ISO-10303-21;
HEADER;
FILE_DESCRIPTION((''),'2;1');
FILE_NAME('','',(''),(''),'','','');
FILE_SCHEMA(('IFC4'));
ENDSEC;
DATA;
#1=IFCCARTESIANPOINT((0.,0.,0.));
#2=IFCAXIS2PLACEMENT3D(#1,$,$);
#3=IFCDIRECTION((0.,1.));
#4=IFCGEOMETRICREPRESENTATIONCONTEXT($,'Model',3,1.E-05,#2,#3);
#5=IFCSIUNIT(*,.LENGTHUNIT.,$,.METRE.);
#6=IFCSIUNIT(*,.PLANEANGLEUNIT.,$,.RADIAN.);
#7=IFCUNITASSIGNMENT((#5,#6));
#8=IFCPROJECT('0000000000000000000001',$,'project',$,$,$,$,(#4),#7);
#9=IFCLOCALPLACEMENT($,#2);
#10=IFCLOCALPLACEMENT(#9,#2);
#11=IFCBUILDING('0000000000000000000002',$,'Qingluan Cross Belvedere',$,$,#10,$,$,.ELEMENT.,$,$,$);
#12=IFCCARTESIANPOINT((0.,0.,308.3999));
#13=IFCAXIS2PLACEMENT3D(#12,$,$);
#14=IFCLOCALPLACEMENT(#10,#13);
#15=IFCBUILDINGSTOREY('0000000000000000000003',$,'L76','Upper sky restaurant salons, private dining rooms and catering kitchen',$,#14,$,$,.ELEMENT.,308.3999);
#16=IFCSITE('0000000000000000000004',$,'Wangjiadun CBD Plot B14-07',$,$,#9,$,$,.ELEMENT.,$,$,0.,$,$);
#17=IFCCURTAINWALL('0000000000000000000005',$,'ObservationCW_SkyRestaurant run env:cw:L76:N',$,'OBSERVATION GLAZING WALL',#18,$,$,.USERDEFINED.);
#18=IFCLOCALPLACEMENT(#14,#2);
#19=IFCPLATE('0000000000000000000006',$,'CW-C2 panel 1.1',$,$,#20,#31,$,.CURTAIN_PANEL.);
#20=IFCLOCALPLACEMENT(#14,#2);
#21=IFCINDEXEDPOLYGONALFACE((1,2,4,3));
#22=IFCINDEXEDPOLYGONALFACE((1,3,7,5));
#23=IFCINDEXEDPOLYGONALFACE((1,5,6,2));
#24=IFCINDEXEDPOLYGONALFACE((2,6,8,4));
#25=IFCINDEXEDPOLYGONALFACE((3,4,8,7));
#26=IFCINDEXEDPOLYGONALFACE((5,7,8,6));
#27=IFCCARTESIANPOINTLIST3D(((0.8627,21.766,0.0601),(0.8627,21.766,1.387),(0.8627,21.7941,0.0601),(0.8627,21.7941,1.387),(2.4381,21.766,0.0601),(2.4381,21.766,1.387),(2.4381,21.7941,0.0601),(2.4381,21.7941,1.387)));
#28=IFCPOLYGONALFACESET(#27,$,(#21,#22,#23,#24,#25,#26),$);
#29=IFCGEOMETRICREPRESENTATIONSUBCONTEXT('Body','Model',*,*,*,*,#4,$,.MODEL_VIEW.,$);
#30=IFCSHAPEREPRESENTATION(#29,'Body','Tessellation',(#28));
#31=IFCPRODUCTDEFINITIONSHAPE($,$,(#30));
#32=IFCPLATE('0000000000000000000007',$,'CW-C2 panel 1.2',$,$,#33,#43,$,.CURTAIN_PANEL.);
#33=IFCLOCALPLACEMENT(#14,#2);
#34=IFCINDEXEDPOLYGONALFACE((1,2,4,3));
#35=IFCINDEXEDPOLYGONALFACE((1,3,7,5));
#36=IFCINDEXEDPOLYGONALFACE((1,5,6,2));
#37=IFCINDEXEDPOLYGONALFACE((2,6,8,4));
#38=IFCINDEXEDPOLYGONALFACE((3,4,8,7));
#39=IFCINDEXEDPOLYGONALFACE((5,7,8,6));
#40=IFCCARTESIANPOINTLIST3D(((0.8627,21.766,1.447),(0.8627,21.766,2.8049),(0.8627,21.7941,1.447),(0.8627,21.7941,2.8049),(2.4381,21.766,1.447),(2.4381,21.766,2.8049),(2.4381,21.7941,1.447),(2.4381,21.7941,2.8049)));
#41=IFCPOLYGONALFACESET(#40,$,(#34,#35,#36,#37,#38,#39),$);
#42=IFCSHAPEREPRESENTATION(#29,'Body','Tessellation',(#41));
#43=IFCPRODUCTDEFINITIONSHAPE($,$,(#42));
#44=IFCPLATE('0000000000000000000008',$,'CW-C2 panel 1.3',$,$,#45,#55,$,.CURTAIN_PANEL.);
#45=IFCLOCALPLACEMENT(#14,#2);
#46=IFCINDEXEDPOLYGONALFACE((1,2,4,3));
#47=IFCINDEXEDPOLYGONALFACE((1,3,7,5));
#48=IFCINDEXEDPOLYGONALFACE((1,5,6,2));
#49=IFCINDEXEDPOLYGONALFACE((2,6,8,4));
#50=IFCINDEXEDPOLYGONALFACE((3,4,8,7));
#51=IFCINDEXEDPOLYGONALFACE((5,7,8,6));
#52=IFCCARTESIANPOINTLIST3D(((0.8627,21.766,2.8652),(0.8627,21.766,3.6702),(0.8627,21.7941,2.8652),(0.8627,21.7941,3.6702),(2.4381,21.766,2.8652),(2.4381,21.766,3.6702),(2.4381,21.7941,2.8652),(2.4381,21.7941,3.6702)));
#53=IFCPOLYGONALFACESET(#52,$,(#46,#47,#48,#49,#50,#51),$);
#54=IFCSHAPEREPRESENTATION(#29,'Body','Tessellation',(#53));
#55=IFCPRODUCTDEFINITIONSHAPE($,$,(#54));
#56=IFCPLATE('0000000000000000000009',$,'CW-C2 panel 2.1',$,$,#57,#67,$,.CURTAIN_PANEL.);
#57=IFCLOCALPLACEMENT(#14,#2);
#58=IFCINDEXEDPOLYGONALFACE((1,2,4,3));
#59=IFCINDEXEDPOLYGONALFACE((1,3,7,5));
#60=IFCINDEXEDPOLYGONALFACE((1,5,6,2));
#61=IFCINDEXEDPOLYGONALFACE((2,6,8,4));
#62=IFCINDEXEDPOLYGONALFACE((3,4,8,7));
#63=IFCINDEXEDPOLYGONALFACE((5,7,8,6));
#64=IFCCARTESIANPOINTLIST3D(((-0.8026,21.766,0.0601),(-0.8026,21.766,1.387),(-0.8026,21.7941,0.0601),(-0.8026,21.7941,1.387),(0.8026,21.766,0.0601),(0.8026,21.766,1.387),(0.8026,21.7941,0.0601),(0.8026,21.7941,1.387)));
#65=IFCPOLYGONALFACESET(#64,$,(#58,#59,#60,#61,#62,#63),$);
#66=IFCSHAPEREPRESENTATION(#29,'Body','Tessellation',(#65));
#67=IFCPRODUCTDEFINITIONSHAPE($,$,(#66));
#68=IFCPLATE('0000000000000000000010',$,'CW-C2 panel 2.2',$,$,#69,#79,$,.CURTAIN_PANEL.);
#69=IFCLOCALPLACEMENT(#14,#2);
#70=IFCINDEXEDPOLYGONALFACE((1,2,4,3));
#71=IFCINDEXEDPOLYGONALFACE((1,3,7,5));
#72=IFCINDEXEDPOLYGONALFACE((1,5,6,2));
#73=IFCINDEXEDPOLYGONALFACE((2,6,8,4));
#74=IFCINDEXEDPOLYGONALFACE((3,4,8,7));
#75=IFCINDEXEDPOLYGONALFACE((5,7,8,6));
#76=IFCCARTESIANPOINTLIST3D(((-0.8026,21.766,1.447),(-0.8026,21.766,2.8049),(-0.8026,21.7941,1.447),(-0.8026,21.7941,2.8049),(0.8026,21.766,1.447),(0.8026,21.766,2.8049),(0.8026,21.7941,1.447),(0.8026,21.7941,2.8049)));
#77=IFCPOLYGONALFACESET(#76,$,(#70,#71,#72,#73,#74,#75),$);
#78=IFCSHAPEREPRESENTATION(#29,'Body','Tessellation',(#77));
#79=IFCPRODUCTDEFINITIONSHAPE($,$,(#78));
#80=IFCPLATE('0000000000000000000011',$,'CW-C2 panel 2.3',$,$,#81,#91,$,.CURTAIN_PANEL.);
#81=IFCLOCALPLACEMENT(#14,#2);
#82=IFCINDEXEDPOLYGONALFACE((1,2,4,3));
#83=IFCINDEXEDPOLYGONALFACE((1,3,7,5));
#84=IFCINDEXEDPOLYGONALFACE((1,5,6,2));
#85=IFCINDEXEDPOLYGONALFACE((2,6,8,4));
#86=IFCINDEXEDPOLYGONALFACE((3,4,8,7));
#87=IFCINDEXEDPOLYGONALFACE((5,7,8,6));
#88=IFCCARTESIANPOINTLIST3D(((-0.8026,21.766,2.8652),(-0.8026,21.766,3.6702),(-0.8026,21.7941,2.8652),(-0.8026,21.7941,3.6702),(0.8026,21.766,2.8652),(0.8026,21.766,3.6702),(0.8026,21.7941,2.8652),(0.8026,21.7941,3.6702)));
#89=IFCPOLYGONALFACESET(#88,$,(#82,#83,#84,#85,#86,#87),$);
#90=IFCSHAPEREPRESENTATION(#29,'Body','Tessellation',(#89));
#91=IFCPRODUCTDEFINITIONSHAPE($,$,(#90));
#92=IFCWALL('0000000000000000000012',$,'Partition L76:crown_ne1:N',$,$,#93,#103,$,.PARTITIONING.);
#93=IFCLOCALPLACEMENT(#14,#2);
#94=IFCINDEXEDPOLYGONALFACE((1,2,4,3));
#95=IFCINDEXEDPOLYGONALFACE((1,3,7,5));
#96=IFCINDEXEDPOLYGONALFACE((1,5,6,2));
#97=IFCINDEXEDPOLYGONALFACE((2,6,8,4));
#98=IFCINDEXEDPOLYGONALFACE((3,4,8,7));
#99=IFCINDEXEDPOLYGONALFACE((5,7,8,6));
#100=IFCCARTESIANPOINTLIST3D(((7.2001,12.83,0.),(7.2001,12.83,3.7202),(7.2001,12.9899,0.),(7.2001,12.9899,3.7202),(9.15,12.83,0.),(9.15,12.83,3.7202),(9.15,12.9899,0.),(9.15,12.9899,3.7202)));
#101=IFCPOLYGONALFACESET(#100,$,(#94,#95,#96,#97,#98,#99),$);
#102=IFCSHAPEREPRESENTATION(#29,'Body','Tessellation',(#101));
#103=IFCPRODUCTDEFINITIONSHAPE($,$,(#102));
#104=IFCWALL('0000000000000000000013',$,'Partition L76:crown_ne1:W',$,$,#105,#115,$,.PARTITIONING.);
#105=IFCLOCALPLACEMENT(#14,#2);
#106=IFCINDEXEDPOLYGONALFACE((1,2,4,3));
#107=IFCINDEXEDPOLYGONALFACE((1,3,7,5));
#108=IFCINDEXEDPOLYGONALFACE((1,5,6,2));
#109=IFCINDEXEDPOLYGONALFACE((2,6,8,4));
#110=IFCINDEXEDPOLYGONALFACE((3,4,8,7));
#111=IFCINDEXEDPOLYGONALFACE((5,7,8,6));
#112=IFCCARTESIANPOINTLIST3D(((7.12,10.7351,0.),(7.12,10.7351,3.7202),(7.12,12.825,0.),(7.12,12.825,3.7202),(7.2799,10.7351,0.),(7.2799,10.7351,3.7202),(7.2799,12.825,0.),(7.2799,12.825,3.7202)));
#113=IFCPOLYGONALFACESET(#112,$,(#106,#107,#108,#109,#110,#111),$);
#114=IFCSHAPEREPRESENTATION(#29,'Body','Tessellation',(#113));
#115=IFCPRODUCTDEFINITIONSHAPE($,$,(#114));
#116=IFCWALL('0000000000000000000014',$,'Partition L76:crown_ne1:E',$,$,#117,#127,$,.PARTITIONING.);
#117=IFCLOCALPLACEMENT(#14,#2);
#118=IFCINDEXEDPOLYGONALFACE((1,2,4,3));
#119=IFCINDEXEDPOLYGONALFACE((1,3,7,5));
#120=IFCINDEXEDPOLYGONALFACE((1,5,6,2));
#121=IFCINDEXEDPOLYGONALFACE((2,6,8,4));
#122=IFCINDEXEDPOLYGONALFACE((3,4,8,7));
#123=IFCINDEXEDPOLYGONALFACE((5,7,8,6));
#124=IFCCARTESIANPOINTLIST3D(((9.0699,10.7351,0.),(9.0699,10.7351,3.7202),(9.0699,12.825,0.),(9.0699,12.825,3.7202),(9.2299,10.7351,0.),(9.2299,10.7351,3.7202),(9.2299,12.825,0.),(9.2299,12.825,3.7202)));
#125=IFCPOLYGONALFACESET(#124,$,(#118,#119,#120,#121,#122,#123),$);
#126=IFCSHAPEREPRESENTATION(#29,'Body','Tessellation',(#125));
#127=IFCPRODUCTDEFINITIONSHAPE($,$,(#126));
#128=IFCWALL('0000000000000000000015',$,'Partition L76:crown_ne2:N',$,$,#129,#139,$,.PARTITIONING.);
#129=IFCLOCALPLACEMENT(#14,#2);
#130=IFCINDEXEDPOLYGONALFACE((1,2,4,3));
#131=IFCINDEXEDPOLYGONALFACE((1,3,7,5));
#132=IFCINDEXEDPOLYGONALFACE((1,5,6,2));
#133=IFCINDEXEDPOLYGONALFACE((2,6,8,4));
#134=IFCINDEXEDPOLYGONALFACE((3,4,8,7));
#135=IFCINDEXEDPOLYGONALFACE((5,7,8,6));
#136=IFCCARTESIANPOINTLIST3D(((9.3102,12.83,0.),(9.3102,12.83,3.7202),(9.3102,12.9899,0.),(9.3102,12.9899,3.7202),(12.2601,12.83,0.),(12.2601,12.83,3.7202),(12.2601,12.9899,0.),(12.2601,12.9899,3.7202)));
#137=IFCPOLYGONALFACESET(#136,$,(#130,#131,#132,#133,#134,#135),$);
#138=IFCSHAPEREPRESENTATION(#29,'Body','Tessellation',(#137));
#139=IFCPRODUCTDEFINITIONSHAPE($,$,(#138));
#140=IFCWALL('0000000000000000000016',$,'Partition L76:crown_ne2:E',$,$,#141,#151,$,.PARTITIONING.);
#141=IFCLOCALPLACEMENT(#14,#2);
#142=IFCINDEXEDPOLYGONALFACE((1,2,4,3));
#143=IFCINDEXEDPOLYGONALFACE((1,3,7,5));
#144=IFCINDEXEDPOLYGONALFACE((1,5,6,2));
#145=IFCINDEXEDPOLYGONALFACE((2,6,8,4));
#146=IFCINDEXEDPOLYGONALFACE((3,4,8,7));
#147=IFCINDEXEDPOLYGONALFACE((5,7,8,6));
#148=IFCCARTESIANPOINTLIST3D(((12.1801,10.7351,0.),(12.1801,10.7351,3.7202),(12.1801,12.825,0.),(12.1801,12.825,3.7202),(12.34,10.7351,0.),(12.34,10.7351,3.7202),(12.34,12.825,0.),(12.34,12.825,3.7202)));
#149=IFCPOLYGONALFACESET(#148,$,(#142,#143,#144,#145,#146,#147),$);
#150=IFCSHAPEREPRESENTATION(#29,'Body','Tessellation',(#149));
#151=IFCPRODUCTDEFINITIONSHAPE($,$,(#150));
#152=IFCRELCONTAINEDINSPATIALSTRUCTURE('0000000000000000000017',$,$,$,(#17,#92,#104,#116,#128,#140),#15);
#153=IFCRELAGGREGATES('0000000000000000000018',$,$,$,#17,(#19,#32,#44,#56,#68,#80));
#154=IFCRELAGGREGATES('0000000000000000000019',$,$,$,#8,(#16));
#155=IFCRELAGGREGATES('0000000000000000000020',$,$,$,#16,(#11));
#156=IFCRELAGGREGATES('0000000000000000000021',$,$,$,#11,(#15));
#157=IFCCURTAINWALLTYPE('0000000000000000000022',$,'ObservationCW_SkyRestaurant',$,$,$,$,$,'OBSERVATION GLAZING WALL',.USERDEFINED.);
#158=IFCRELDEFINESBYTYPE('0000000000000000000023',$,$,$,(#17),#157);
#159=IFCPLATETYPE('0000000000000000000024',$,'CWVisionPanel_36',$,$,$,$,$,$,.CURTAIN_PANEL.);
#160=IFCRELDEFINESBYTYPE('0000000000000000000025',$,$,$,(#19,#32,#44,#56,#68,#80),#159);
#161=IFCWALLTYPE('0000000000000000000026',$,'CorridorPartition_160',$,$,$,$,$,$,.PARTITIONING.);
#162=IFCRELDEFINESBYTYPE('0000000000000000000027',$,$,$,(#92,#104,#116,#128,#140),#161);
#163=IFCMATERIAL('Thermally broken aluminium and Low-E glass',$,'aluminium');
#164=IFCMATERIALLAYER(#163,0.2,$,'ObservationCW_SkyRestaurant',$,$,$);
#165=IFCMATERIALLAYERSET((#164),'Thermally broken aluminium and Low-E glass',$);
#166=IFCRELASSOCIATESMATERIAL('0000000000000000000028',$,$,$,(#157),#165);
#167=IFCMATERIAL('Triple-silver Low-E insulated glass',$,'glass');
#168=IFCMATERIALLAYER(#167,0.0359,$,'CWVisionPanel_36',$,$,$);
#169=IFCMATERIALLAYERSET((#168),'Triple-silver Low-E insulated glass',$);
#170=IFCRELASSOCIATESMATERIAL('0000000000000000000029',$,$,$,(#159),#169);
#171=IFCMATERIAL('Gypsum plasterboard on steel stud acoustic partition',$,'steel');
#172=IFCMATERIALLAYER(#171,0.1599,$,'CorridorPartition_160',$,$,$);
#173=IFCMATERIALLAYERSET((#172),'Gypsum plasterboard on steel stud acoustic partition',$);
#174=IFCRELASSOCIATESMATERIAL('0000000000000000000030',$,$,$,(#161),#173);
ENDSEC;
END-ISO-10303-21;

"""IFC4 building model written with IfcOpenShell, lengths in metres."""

from ifc_helpers import new_model, si_unit, direction, frame, frame_2d, origin, origin_2d, place, context, subcontext, project, spatial, rectangle, extrude, material, layer, layer_set, type_object, element, aggregate, save


model = new_model("IFC4")

# Units and contexts
model_context = context("Model", 3, precision=1e-05, world=origin(), true_north=direction((0.0, 1.0)))
body_context = subcontext(model_context, "Body", "Model", "MODEL_VIEW")
ifc_project = project(units=[si_unit("LENGTHUNIT", "METRE"), si_unit("PLANEANGLEUNIT", "RADIAN")], contexts=[model_context])

# Site, building, storey
site_placement = place(None, origin())
site = spatial("IfcSite", under=ifc_project, at=site_placement, Name="Wangjiadun CBD Plot B14-07", CompositionType="ELEMENT", RefElevation=0.0)
building_placement = place(site_placement, origin())
building = spatial("IfcBuilding", under=site, at=building_placement, Name="Qingluan Cross Belvedere", CompositionType="ELEMENT")
storey_placement = place(building_placement, frame((0.0, 0.0, 308.3999)))
storey = spatial("IfcBuildingStorey", under=building, at=storey_placement, Name="L76", Description="Upper sky restaurant salons, private dining rooms and catering kitchen", CompositionType="ELEMENT", Elevation=308.3999)

# Curtain wall
ifc_material_1 = material(Name="Thermally broken aluminium and Low-E glass", Category="aluminium")
ifc_layer_1 = layer(ifc_material_1, 0.2, Name="ObservationCW_SkyRestaurant")
ifc_layer_set_1 = layer_set([ifc_layer_1], Name="Thermally broken aluminium and Low-E glass")
curtain_wall_type = type_object("IfcCurtainWallType", Name="ObservationCW_SkyRestaurant", ElementType="OBSERVATION GLAZING WALL", PredefinedType="USERDEFINED", material=ifc_layer_set_1)
curtain_wall_placement = place(storey_placement, origin())
curtain_wall = element("IfcCurtainWall", 1, at=curtain_wall_placement, inside=storey, type_object=curtain_wall_type, Name="ObservationCW_SkyRestaurant run env:cw:L76:N", ObjectType="OBSERVATION GLAZING WALL", PredefinedType="USERDEFINED")

# Plates
ifc_material_2 = material(Name="Triple-silver Low-E insulated glass", Category="glass")
ifc_layer_2 = layer(ifc_material_2, 0.0359, Name="CWVisionPanel_36")
ifc_layer_set_2 = layer_set([ifc_layer_2], Name="Triple-silver Low-E insulated glass")
plate_type = type_object("IfcPlateType", Name="CWVisionPanel_36", PredefinedType="CURTAIN_PANEL", material=ifc_layer_set_2)
plate_1_placement = place(storey_placement, frame((1.6504, 21.78, 0.0601), z_axis=(0.0, 0.0, 1.0), x_axis=(-1.0, 0.0, 0.0)))
plate_1 = element("IfcPlate", 2, at=plate_1_placement, type_object=plate_type, Name="CW-C2 panel 1.1", PredefinedType="CURTAIN_PANEL", context=body_context, shape_type="SweptSolid", body=[
    extrude(rectangle(XDim=1.5754, YDim=0.0281, at=origin_2d()), origin(), (0.0, 0.0, 1.0), 1.3269),
])
plate_2_placement = place(storey_placement, frame((1.6504, 21.78, 1.447), z_axis=(0.0, 0.0, 1.0), x_axis=(-1.0, 0.0, 0.0)))
plate_2 = element("IfcPlate", 3, at=plate_2_placement, type_object=plate_type, Name="CW-C2 panel 1.2", PredefinedType="CURTAIN_PANEL", context=body_context, shape_type="SweptSolid", body=[
    extrude(rectangle(XDim=1.5754, YDim=0.0281, at=origin_2d()), origin(), (0.0, 0.0, 1.0), 1.3579),
])
plate_3_placement = place(storey_placement, frame((1.6504, 21.78, 2.8652), z_axis=(0.0, 0.0, 1.0), x_axis=(-1.0, 0.0, 0.0)))
plate_3 = element("IfcPlate", 4, at=plate_3_placement, type_object=plate_type, Name="CW-C2 panel 1.3", PredefinedType="CURTAIN_PANEL", context=body_context, shape_type="SweptSolid", body=[
    extrude(rectangle(XDim=1.5754, YDim=0.0281, at=origin_2d()), origin(), (0.0, 0.0, 1.0), 0.8049),
])
plate_4_placement = place(storey_placement, frame((0.0, 21.78, 0.0601), z_axis=(0.0, 0.0, 1.0), x_axis=(-1.0, 0.0, 0.0)))
plate_4 = element("IfcPlate", 5, at=plate_4_placement, type_object=plate_type, Name="CW-C2 panel 2.1", PredefinedType="CURTAIN_PANEL", context=body_context, shape_type="SweptSolid", body=[
    extrude(rectangle(XDim=1.6052, YDim=0.0281, at=origin_2d()), origin(), (0.0, 0.0, 1.0), 1.3269),
])
plate_5_placement = place(storey_placement, frame((0.0, 21.78, 1.447), z_axis=(0.0, 0.0, 1.0), x_axis=(-1.0, 0.0, 0.0)))
plate_5 = element("IfcPlate", 6, at=plate_5_placement, type_object=plate_type, Name="CW-C2 panel 2.2", PredefinedType="CURTAIN_PANEL", context=body_context, shape_type="SweptSolid", body=[
    extrude(rectangle(XDim=1.6052, YDim=0.0281, at=origin_2d()), origin(), (0.0, 0.0, 1.0), 1.3579),
])
plate_6_placement = place(storey_placement, frame((0.0, 21.78, 2.8652), z_axis=(0.0, 0.0, 1.0), x_axis=(-1.0, 0.0, 0.0)))
plate_6 = element("IfcPlate", 7, at=plate_6_placement, type_object=plate_type, Name="CW-C2 panel 2.3", PredefinedType="CURTAIN_PANEL", context=body_context, shape_type="SweptSolid", body=[
    extrude(rectangle(XDim=1.6052, YDim=0.0281, at=origin_2d()), origin(), (0.0, 0.0, 1.0), 0.8049),
])
aggregate(curtain_wall, [plate_1, plate_2, plate_3, plate_4, plate_5, plate_6])

# Walls
ifc_material_3 = material(Name="Gypsum plasterboard on steel stud acoustic partition", Category="steel")
ifc_layer_3 = layer(ifc_material_3, 0.1599, Name="CorridorPartition_160")
ifc_layer_set_3 = layer_set([ifc_layer_3], Name="Gypsum plasterboard on steel stud acoustic partition")
wall_type_1 = type_object("IfcWallType", Name="CorridorPartition_160", PredefinedType="PARTITIONING", material=ifc_layer_set_3)
wall_1_placement = place(storey_placement, frame((7.2, 12.9099, 0.0), z_axis=(0.0, 0.0, 1.0), x_axis=(1.0, 0.0, 0.0)))
element("IfcWall", 8, at=wall_1_placement, inside=storey, type_object=wall_type_1, Name="Partition L76:crown_ne1:N", PredefinedType="PARTITIONING", context=body_context, shape_type="SweptSolid", body=[
    extrude(rectangle(XDim=1.95, YDim=0.1599, at=frame_2d((0.9751, 0.0))), origin(), (0.0, 0.0, 1.0), 3.7202),
])
for number, where, z_axis, x_axis, name in (
    (9, (7.2, 10.7351, 0.0), (0.0, 0.0, 1.0), (0.0, 1.0, 0.0), "Partition L76:crown_ne1:W"),
    (10, (9.1499, 10.7351, 0.0), (0.0, 0.0, 1.0), (0.0, 1.0, 0.0), "Partition L76:crown_ne1:E"),
):
    element("IfcWall", number, at=place(storey_placement, frame(where, z_axis=z_axis, x_axis=x_axis)), inside=storey, type_object=wall_type_1, Name=name, PredefinedType="PARTITIONING", context=body_context, shape_type="SweptSolid", body=[
        extrude(rectangle(XDim=2.0898, YDim=0.1599, at=frame_2d((1.0449, 0.0))), origin(), (0.0, 0.0, 1.0), 3.7202),
    ])
wall_2_placement = place(storey_placement, frame((9.3101, 12.9099, 0.0), z_axis=(0.0, 0.0, 1.0), x_axis=(1.0, 0.0, 0.0)))
element("IfcWall", 11, at=wall_2_placement, inside=storey, type_object=wall_type_1, Name="Partition L76:crown_ne2:N", PredefinedType="PARTITIONING", context=body_context, shape_type="SweptSolid", body=[
    extrude(rectangle(XDim=2.95, YDim=0.1599, at=frame_2d((1.4751, 0.0))), origin(), (0.0, 0.0, 1.0), 3.7202),
])
wall_3_placement = place(storey_placement, frame((12.26, 10.7351, 0.0), z_axis=(0.0, 0.0, 1.0), x_axis=(0.0, 1.0, 0.0)))
element("IfcWall", 12, at=wall_3_placement, inside=storey, type_object=wall_type_1, Name="Partition L76:crown_ne2:E", PredefinedType="PARTITIONING", context=body_context, shape_type="SweptSolid", body=[
    extrude(rectangle(XDim=2.0898, YDim=0.1599, at=frame_2d((1.0449, 0.0))), origin(), (0.0, 0.0, 1.0), 3.7202),
])

save(model, "model.ifc")
